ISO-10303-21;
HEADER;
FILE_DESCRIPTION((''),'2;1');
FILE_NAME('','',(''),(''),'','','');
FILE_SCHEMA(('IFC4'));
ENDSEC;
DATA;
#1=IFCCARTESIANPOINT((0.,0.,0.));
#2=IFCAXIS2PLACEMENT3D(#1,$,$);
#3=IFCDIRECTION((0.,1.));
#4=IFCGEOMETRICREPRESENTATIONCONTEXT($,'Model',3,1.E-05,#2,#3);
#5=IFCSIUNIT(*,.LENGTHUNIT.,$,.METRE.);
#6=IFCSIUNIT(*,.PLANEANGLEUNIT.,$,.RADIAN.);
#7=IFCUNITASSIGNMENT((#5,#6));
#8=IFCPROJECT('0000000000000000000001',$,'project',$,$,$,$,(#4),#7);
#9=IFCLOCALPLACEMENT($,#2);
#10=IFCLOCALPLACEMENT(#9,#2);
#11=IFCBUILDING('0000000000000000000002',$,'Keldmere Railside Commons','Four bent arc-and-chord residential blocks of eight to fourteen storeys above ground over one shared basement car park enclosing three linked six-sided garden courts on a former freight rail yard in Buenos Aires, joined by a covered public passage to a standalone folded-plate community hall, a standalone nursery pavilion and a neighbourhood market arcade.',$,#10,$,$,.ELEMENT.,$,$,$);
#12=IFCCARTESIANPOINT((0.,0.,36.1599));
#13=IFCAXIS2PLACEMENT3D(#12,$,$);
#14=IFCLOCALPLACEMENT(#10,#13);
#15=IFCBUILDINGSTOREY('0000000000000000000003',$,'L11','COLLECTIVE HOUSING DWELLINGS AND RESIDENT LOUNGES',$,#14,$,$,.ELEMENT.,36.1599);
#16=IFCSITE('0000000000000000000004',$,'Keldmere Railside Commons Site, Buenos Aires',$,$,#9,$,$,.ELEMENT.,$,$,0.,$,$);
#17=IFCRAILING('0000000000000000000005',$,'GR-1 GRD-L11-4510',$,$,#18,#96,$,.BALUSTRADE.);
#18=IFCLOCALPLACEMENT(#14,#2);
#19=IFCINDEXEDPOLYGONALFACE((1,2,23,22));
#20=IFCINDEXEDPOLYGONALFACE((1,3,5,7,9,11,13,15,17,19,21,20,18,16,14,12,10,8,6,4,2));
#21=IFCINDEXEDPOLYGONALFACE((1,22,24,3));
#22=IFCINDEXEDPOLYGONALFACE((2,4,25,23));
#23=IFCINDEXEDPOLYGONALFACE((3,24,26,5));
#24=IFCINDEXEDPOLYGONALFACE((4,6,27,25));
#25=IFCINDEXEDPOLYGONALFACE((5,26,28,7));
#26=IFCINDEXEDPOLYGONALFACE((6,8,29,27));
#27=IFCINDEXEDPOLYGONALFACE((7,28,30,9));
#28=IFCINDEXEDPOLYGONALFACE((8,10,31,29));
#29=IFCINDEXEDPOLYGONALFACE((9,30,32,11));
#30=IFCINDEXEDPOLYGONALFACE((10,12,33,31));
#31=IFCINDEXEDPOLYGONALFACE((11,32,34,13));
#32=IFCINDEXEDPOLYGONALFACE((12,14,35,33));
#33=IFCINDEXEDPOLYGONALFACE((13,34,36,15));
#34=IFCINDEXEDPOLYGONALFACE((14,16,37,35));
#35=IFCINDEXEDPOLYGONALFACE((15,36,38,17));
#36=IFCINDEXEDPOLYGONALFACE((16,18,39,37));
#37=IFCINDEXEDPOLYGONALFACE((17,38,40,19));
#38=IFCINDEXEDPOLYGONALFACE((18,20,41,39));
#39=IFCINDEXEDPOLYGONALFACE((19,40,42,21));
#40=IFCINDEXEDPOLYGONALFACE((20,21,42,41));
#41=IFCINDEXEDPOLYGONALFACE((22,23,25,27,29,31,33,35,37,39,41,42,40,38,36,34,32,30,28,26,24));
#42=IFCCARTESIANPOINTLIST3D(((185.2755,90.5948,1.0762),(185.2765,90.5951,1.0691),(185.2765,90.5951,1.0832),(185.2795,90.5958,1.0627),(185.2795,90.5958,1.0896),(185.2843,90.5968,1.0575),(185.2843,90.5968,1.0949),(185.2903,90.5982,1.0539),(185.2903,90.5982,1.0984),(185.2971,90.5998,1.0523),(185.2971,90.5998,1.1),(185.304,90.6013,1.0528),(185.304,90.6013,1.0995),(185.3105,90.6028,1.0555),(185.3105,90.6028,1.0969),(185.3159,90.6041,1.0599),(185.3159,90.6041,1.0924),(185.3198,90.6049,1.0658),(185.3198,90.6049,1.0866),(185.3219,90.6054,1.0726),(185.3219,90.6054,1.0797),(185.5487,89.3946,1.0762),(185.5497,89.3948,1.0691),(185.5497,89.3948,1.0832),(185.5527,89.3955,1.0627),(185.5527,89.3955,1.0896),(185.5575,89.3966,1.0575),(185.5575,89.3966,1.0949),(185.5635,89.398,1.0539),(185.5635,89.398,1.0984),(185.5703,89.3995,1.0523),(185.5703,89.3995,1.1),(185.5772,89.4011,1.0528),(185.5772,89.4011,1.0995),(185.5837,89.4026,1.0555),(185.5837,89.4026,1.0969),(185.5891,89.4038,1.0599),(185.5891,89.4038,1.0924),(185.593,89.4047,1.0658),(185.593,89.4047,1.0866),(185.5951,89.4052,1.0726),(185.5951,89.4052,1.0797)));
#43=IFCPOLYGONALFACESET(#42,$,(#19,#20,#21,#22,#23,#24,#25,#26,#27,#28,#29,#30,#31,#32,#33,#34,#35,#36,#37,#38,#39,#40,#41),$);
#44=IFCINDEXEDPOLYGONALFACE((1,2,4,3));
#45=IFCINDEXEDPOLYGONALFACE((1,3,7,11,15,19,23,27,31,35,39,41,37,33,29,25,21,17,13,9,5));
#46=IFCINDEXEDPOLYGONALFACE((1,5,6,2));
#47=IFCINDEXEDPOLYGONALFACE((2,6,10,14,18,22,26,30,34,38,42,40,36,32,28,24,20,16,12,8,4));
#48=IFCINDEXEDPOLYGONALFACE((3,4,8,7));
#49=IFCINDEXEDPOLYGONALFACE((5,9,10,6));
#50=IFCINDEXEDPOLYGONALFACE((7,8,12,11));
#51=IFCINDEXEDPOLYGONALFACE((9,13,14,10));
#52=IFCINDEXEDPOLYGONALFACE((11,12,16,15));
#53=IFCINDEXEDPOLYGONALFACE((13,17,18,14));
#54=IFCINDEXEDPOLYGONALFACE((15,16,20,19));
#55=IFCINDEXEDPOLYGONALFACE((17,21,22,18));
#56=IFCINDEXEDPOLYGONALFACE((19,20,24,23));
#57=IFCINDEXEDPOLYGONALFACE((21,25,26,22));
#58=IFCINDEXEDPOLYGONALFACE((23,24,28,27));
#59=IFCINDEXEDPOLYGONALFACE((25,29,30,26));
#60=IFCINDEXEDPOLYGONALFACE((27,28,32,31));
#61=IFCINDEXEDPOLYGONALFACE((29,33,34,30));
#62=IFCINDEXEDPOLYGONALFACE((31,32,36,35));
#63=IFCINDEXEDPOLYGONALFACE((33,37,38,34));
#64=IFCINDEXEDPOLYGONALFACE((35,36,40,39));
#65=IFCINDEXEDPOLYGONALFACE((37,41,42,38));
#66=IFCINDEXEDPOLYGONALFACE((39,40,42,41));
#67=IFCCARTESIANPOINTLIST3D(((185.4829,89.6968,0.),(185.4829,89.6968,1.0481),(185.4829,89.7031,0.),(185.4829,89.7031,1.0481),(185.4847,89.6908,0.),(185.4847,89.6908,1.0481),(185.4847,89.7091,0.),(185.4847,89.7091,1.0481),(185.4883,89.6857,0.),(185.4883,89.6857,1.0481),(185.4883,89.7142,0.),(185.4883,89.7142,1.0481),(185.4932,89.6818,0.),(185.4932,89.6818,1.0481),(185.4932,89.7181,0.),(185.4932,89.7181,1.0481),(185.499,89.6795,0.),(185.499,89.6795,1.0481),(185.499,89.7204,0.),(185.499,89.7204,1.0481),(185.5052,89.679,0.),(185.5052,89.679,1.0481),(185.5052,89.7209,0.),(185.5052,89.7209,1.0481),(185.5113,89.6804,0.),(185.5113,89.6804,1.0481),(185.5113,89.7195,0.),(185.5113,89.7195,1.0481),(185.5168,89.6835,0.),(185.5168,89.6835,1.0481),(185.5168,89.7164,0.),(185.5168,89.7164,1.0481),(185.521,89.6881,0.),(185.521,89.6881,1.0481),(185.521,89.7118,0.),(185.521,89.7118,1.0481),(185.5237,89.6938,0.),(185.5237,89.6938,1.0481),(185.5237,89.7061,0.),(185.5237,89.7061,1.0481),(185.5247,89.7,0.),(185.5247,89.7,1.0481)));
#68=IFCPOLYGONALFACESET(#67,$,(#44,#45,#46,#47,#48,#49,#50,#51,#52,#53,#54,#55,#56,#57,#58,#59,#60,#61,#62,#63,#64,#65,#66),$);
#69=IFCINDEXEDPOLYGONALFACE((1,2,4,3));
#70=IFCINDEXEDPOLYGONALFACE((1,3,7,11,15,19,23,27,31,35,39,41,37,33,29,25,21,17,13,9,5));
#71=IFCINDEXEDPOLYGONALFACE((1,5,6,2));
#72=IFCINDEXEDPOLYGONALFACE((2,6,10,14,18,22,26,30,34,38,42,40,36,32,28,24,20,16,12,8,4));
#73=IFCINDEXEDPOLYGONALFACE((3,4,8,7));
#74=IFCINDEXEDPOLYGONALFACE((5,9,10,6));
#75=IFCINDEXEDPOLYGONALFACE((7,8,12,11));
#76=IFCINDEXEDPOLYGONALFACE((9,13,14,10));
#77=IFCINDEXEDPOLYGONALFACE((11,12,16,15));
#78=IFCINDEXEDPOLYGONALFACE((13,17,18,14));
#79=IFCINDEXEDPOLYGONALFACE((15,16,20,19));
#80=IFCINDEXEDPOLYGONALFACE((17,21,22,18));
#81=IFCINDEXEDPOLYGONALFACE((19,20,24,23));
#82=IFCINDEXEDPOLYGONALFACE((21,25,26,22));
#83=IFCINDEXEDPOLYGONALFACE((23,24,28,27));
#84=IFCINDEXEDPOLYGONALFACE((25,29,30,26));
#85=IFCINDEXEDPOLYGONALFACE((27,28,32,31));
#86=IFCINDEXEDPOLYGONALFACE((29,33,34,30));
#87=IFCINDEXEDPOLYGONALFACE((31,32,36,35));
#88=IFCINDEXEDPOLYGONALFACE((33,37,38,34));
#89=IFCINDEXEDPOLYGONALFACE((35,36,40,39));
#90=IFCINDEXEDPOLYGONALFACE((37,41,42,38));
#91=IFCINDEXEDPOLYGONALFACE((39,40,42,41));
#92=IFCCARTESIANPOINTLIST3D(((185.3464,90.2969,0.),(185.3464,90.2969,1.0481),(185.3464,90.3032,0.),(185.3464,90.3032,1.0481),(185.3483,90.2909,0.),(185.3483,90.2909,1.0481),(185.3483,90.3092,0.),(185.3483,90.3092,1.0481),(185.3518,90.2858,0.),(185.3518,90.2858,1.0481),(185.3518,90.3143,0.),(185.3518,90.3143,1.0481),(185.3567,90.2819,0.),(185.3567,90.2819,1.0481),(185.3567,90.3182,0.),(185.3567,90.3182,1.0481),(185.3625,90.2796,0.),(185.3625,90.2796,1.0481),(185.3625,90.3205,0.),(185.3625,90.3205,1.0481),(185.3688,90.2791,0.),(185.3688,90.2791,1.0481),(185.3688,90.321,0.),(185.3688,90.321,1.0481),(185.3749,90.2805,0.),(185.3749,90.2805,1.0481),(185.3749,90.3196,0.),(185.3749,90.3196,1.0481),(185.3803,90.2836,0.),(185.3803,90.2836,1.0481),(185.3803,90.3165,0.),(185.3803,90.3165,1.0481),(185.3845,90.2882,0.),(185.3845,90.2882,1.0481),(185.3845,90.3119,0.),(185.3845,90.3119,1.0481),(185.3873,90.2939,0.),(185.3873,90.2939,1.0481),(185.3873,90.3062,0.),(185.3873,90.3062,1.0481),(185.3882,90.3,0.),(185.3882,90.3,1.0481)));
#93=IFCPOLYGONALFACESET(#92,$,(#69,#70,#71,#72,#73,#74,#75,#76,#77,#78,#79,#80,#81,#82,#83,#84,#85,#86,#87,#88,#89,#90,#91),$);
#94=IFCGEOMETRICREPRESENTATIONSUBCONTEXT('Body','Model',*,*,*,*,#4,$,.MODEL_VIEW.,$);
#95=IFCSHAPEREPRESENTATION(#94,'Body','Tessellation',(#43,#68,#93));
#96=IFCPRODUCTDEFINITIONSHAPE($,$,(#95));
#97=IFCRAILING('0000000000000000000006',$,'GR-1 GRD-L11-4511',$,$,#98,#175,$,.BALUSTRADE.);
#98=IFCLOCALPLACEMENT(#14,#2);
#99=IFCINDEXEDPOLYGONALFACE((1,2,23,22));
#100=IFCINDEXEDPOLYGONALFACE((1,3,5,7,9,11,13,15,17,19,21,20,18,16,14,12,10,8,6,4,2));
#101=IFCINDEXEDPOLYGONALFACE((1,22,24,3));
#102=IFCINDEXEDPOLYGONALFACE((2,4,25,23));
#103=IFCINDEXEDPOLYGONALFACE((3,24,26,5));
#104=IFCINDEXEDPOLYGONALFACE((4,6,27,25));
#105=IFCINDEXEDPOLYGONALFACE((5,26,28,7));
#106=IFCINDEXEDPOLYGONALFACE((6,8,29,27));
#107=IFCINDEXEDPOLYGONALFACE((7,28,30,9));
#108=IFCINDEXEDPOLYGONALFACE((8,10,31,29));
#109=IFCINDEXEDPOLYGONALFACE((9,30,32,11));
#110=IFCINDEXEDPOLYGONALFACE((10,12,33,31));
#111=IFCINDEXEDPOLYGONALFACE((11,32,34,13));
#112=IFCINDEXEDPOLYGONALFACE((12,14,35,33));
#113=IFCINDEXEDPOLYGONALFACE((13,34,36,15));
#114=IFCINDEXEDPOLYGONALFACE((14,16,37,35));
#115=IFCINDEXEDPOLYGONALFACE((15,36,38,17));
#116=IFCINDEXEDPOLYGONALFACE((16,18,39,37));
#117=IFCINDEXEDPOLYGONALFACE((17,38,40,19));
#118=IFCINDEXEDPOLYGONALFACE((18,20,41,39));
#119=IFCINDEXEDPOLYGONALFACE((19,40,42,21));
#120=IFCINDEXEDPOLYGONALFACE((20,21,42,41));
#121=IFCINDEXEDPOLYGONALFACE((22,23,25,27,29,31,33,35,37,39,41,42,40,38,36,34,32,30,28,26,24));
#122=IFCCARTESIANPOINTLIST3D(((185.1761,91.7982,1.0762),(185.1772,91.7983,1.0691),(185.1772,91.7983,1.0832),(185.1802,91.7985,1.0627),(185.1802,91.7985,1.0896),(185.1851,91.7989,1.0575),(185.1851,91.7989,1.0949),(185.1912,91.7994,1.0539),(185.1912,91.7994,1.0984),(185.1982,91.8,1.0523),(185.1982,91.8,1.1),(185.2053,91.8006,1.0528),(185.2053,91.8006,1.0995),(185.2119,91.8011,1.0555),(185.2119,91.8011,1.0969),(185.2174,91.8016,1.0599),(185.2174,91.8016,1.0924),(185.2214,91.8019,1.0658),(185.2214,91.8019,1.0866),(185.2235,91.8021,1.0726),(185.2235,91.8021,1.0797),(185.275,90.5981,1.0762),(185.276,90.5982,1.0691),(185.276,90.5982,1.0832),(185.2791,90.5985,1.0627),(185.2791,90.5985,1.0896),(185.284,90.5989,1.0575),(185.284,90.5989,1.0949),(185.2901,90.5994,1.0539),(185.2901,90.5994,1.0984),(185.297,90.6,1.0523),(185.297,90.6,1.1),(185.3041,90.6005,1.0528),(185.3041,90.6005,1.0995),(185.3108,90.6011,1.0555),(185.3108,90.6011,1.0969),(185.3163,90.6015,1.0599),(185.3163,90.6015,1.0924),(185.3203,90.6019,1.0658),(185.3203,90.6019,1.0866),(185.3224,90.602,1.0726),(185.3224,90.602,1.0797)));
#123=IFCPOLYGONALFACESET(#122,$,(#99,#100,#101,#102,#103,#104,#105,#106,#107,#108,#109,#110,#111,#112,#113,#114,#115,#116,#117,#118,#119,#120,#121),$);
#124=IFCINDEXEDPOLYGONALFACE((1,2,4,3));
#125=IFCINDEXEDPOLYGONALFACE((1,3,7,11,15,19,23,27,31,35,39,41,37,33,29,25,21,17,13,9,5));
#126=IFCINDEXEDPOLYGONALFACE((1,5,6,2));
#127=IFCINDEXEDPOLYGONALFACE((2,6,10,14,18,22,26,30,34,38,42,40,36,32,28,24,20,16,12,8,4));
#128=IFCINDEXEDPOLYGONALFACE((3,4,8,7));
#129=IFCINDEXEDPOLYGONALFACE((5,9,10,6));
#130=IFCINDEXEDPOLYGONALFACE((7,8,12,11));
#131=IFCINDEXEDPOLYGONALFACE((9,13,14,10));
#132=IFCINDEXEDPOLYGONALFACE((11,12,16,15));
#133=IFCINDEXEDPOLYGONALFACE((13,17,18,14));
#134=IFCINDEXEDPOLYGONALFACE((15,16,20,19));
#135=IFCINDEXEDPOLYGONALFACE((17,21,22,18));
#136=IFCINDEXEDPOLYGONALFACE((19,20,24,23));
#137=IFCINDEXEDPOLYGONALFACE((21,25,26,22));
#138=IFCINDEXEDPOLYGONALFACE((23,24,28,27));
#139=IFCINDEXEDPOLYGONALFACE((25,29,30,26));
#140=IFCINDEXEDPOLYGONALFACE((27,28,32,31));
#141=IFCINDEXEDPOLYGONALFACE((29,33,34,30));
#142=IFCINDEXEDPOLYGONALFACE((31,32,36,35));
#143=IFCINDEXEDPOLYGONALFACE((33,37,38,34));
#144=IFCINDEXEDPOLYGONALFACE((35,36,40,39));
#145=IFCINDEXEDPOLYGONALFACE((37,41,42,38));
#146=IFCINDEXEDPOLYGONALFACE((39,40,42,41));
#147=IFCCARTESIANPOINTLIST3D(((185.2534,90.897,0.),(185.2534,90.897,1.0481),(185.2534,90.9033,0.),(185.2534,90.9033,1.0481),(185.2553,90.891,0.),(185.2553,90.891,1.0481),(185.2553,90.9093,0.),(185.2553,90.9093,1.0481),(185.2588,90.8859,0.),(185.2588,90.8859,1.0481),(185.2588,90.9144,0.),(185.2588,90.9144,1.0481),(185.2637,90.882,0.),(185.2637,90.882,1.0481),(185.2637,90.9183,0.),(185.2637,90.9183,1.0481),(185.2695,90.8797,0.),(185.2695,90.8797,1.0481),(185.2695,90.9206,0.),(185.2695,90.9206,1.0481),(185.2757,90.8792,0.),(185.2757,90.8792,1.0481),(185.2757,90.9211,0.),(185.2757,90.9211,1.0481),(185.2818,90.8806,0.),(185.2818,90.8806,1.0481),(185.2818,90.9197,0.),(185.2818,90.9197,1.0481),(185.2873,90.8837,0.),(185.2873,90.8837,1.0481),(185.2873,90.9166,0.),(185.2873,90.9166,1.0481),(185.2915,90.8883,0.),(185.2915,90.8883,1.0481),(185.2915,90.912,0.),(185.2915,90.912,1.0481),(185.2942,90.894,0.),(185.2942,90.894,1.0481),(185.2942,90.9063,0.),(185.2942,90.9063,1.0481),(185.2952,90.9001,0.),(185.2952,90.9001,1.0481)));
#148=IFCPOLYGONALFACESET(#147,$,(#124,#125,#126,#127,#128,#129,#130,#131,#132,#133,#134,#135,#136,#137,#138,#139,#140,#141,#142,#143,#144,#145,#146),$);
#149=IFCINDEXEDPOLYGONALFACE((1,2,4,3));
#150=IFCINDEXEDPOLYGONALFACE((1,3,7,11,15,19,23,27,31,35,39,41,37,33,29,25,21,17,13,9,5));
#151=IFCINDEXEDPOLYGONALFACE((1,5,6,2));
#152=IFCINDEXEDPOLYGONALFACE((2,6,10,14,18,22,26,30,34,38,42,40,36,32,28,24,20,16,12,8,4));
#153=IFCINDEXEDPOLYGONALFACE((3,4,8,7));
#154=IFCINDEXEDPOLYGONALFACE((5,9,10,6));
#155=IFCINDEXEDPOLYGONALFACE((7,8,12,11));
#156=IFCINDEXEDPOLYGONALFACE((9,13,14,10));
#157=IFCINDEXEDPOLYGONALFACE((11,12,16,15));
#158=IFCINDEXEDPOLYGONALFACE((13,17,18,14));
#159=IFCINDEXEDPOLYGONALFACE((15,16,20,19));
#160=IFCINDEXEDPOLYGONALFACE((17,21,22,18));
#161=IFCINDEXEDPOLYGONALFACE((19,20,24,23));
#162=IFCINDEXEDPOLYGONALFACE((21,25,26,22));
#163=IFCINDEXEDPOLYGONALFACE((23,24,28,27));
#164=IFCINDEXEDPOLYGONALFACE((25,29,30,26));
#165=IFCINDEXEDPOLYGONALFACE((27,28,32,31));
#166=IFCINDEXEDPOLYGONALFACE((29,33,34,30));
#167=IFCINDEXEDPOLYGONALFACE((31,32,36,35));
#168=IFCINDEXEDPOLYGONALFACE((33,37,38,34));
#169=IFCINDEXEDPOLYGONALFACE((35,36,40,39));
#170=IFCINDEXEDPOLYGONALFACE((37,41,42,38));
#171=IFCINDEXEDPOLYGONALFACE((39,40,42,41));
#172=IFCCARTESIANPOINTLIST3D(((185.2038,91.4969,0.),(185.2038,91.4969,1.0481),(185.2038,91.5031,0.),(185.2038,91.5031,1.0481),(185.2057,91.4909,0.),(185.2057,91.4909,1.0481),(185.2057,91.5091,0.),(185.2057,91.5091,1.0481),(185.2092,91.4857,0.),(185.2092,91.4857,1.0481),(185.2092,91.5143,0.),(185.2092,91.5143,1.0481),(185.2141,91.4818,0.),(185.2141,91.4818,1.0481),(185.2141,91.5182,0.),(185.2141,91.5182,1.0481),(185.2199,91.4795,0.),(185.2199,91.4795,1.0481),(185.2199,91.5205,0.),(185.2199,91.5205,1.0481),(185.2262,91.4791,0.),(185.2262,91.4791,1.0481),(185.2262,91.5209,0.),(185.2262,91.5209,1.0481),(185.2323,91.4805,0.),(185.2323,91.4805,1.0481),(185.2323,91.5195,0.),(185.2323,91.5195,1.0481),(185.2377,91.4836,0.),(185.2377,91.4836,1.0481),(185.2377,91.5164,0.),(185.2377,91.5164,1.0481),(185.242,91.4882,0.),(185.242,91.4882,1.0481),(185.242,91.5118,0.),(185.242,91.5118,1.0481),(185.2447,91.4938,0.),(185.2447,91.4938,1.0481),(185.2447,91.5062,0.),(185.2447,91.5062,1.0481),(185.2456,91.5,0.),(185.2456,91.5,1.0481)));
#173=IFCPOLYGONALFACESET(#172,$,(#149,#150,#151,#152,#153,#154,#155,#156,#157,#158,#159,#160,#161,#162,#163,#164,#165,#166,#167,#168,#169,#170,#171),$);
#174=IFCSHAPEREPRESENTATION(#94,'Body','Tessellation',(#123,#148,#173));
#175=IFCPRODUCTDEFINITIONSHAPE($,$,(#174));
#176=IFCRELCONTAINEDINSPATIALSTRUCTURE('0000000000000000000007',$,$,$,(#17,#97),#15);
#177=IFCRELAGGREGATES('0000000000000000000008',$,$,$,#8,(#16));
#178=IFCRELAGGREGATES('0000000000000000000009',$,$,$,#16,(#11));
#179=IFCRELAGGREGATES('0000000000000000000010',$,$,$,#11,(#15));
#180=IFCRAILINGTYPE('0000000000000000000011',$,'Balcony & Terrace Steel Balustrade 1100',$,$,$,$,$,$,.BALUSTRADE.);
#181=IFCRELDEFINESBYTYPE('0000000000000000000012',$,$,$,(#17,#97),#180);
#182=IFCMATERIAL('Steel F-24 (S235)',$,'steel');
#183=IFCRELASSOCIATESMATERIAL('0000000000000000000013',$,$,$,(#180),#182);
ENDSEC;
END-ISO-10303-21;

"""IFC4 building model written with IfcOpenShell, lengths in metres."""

from ifc_helpers import new_model, si_unit, direction, frame, origin, origin_2d, place, context, subcontext, project, spatial, circle, extrude, material, type_object, element, save


model = new_model("IFC4")

# Units and contexts
model_context = context("Model", 3, precision=1e-05, world=origin(), true_north=direction((0.0, 1.0)))
body_context = subcontext(model_context, "Body", "Model", "MODEL_VIEW")
ifc_project = project(units=[si_unit("LENGTHUNIT", "METRE"), si_unit("PLANEANGLEUNIT", "RADIAN")], contexts=[model_context])

# Site, building, storey
site_placement = place(None, origin())
site = spatial("IfcSite", under=ifc_project, at=site_placement, Name="Keldmere Railside Commons Site, Buenos Aires", CompositionType="ELEMENT", RefElevation=0.0)
building_placement = place(site_placement, origin())
building = spatial("IfcBuilding", under=site, at=building_placement, Name="Keldmere Railside Commons", Description="Four bent arc-and-chord residential blocks of eight to fourteen storeys above ground over one shared basement car park enclosing three linked six-sided garden courts on a former freight rail yard in Buenos Aires, joined by a covered public passage to a standalone folded-plate community hall, a standalone nursery pavilion and a neighbourhood market arcade.", CompositionType="ELEMENT")
storey_placement = place(building_placement, frame((0.0, 0.0, 36.1599)))
storey = spatial("IfcBuildingStorey", under=building, at=storey_placement, Name="L11", Description="COLLECTIVE HOUSING DWELLINGS AND RESIDENT LOUNGES", CompositionType="ELEMENT", Elevation=36.1599)

# Railings
ifc_material_1 = material(Name="Steel F-24 (S235)", Category="steel")
railing_type = type_object("IfcRailingType", Name="Balcony & Terrace Steel Balustrade 1100", PredefinedType="BALUSTRADE", material=ifc_material_1)
railing_1_placement = place(storey_placement, frame((185.572, 89.3999, 0.0)))
element("IfcRailing", 1, at=railing_1_placement, inside=storey, type_object=railing_type, Name="GR-1 GRD-L11-4510", PredefinedType="BALUSTRADE", context=body_context, shape_type="SweptSolid", body=[
    extrude(circle(Radius=0.0239, at=origin_2d()), frame((0.0, 0.0, 1.0762), z_axis=(-0.221947, 0.975059, 0.0), x_axis=(-0.975059, -0.221947, 0.0)), (0.0, 0.0, 1.0), 1.231),
    extrude(circle(Radius=0.021, at=origin_2d()), frame((-0.0684, 0.3, 0.0)), (0.0, 0.0, 1.0), 1.0481),
    extrude(circle(Radius=0.021, at=origin_2d()), frame((-0.2048, 0.9001, 0.0)), (0.0, 0.0, 1.0), 1.0481),
])
railing_2_placement = place(storey_placement, frame((185.2988, 90.6001, 0.0)))
element("IfcRailing", 2, at=railing_2_placement, inside=storey, type_object=railing_type, Name="GR-1 GRD-L11-4511", PredefinedType="BALUSTRADE", context=body_context, shape_type="SweptSolid", body=[
    extrude(circle(Radius=0.0239, at=origin_2d()), frame((0.0, 0.0, 1.0762), z_axis=(-0.082122, 0.996622, 0.0), x_axis=(-0.996622, -0.082122, 0.0)), (0.0, 0.0, 1.0), 1.2041),
    extrude(circle(Radius=0.021, at=origin_2d()), frame((-0.0247, 0.3, 0.0)), (0.0, 0.0, 1.0), 1.0481),
    extrude(circle(Radius=0.021, at=origin_2d()), frame((-0.0742, 0.8999, 0.0)), (0.0, 0.0, 1.0), 1.0481),
])

save(model, "model.ifc")
